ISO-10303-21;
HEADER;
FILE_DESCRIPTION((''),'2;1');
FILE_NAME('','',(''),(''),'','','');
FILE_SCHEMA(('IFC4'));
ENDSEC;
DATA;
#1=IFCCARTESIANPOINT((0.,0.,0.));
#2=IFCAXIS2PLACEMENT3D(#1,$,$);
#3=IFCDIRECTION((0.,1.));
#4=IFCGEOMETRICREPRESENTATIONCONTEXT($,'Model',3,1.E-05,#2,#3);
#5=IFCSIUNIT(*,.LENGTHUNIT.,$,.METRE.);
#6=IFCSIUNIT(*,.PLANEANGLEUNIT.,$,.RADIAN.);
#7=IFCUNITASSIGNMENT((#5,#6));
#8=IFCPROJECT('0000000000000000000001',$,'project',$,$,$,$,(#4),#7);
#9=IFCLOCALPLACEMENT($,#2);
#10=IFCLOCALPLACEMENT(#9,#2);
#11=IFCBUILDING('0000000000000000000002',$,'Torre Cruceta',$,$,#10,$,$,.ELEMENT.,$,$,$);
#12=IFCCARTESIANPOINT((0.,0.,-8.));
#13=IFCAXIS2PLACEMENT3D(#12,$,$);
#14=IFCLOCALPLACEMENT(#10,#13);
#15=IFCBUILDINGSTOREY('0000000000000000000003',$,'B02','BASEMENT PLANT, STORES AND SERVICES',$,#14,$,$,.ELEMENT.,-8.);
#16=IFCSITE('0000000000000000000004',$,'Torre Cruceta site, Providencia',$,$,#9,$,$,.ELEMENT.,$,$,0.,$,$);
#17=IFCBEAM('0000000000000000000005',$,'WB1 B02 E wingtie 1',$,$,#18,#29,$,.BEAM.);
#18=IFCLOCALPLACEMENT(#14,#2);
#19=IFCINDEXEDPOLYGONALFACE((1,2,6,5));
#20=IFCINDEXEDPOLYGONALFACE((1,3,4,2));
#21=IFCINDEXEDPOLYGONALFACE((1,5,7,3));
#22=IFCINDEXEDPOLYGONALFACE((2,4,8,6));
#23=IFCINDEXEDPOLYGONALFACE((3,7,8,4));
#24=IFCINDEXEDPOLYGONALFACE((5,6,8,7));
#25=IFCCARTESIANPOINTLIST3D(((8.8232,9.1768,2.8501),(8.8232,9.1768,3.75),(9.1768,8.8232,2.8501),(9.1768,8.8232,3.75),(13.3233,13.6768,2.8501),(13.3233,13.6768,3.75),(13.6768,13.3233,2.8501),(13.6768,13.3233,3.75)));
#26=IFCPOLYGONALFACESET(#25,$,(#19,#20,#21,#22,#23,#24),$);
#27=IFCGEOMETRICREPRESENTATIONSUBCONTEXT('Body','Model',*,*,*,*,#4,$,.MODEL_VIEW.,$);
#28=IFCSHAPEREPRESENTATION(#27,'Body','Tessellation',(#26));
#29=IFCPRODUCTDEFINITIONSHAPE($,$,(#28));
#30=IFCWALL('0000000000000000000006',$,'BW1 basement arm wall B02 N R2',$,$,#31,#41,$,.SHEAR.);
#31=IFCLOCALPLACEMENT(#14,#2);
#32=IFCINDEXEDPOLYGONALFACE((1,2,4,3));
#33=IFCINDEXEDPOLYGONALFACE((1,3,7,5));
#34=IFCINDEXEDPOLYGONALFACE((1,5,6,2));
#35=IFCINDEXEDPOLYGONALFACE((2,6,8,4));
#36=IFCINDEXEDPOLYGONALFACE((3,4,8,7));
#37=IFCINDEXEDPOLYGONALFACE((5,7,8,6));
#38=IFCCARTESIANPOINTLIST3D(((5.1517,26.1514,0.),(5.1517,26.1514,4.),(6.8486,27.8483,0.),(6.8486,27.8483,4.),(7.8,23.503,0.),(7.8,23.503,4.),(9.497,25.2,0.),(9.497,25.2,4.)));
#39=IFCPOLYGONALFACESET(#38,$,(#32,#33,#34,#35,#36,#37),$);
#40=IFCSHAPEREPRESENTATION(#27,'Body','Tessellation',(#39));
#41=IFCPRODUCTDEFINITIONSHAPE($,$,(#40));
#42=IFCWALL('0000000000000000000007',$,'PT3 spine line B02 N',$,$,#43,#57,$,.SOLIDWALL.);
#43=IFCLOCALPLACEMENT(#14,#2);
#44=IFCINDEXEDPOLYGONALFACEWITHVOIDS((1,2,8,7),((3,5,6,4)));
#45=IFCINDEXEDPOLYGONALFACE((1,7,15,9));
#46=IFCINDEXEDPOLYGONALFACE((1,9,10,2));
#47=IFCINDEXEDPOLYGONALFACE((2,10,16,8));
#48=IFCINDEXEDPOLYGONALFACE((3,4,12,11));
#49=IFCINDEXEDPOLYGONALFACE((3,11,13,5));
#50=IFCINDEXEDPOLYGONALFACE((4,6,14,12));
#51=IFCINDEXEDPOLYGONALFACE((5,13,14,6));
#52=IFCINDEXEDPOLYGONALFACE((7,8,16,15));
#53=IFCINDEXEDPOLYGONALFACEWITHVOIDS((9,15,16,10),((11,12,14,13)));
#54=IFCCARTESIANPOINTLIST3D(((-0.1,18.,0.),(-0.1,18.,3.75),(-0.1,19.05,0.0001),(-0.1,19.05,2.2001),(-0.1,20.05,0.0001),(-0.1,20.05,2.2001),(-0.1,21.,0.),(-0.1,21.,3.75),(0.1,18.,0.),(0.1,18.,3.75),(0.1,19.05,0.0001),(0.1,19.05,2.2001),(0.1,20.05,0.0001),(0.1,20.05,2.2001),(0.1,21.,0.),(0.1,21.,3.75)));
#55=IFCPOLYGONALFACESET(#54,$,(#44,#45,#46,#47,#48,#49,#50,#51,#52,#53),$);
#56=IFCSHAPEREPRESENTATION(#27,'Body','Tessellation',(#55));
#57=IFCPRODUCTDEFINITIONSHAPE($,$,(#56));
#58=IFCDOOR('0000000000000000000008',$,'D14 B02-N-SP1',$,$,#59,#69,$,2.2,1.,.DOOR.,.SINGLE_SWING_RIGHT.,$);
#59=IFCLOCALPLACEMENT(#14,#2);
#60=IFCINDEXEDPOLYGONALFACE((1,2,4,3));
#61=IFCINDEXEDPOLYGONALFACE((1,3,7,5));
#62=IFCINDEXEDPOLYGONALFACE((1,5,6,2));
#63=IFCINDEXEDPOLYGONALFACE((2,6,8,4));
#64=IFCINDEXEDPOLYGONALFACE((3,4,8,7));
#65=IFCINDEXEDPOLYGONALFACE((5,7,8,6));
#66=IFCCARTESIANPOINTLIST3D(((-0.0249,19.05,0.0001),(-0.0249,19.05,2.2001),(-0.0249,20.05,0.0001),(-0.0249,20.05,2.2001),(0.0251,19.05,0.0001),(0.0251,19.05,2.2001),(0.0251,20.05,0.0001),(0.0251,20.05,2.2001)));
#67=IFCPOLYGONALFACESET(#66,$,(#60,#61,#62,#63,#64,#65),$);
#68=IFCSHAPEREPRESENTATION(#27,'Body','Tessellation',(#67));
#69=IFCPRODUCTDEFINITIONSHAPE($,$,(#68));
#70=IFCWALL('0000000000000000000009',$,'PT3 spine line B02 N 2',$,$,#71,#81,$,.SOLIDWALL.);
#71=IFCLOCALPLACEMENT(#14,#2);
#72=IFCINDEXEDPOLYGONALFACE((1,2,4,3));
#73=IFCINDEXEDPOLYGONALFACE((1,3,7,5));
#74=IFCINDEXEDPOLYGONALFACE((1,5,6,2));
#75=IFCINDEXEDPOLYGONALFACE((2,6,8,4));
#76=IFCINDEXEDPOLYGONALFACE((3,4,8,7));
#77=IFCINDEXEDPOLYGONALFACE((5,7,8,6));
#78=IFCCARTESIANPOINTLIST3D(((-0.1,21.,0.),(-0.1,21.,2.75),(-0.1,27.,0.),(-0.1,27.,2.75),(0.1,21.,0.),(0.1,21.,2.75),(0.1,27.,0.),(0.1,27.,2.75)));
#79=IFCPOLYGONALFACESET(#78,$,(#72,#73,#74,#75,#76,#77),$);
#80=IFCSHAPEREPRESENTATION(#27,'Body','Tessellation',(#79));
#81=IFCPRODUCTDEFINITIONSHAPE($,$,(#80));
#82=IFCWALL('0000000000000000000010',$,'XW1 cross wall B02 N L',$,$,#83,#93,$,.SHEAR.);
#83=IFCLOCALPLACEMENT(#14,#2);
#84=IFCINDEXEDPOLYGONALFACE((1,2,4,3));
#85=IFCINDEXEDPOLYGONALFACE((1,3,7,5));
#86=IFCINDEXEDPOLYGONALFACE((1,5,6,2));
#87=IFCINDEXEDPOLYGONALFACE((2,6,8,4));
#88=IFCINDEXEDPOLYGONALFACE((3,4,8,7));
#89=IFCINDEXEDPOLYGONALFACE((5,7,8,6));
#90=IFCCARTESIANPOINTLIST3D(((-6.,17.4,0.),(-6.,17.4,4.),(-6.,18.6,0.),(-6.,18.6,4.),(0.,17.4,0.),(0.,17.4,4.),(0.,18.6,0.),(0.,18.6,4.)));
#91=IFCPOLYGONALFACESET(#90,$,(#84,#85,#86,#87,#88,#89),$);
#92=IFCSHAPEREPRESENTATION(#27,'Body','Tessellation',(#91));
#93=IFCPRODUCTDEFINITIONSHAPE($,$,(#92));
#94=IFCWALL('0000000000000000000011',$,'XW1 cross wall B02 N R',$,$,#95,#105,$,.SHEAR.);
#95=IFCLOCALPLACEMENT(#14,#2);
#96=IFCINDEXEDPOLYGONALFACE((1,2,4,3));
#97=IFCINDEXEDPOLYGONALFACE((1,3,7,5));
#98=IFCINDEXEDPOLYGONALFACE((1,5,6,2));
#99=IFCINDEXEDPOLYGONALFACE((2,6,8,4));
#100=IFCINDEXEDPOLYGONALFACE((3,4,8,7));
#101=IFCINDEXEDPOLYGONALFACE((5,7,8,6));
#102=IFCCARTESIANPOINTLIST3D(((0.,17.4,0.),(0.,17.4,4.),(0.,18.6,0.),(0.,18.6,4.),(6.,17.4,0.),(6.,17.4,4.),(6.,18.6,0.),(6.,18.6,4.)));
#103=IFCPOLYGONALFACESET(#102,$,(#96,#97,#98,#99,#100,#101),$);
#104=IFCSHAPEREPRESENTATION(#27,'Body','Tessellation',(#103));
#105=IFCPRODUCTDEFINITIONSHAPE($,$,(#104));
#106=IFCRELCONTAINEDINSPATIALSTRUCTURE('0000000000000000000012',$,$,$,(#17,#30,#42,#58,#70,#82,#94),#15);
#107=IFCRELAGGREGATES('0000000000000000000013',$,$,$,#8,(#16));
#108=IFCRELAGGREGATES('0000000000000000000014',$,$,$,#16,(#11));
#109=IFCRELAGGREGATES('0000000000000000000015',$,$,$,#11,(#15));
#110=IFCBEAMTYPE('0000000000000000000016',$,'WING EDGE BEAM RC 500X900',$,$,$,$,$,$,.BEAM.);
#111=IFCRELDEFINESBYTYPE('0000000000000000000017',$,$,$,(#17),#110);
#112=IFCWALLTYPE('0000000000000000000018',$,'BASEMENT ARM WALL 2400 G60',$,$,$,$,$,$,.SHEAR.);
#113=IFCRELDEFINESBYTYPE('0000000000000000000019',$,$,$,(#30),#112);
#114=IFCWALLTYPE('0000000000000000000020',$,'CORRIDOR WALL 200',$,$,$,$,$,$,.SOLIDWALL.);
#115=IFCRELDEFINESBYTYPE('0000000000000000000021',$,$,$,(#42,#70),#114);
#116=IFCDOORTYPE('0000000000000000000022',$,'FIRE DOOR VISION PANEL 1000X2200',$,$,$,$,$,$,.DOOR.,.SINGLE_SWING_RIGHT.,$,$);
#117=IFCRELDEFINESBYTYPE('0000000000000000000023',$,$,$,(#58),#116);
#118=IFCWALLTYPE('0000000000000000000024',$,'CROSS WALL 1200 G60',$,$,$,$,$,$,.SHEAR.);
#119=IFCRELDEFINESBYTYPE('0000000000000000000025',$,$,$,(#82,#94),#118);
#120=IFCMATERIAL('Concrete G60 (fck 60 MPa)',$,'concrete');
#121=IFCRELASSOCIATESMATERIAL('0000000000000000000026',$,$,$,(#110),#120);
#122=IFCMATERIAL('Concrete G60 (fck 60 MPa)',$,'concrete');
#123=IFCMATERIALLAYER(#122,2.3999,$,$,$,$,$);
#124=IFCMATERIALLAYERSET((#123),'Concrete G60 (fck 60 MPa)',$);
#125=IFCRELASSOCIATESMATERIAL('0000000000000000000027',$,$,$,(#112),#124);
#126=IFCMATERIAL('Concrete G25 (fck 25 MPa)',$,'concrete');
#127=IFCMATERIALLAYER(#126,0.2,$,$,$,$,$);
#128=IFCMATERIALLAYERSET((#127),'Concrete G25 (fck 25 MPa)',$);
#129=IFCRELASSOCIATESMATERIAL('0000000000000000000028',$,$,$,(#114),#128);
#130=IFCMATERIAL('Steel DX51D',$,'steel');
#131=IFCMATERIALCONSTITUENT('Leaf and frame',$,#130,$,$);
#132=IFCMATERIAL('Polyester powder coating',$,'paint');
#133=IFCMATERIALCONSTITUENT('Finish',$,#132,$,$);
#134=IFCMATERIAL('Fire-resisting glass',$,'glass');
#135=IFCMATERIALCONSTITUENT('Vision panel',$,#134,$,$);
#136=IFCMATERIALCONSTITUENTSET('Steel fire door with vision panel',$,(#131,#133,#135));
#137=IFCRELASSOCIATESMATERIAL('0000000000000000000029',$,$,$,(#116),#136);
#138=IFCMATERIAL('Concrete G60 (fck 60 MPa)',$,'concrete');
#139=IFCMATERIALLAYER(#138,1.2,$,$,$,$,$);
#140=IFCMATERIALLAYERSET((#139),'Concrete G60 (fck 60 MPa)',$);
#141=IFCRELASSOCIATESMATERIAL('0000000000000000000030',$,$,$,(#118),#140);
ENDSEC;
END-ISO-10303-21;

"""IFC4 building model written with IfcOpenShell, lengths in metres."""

from ifc_helpers import new_model, si_unit, direction, frame, frame_2d, origin, origin_2d, place, context, subcontext, project, spatial, rectangle, extrude, material, layer, layer_set, constituent, constituent_set, material_profile, profile_set, type_object, element, fill, save


model = new_model("IFC4")

# Units and contexts
model_context = context("Model", 3, precision=1e-05, world=origin(), true_north=direction((0.0, 1.0)))
body_context = subcontext(model_context, "Body", "Model", "MODEL_VIEW")
ifc_project = project(units=[si_unit("LENGTHUNIT", "METRE"), si_unit("PLANEANGLEUNIT", "RADIAN")], contexts=[model_context])

# Site, building, storey
site_placement = place(None, origin())
site = spatial("IfcSite", under=ifc_project, at=site_placement, Name="Torre Cruceta site, Providencia", CompositionType="ELEMENT", RefElevation=0.0)
building_placement = place(site_placement, origin())
building = spatial("IfcBuilding", under=site, at=building_placement, Name="Torre Cruceta", CompositionType="ELEMENT")
storey_placement = place(building_placement, frame((0.0, 0.0, -8.0)))
storey = spatial("IfcBuildingStorey", under=building, at=storey_placement, Name="B02", Description="BASEMENT PLANT, STORES AND SERVICES", CompositionType="ELEMENT", Elevation=-8.0)

# Beam
ifc_material_1 = material(Name="Concrete G60 (fck 60 MPa)", Category="concrete")
ifc_material_profile_1 = material_profile(ifc_material_1, rectangle(XDim=0.5, YDim=0.8999, at=origin_2d()), Name="RC 500X900")
ifc_profile_set_1 = profile_set([ifc_material_profile_1], Name="Concrete G60 (fck 60 MPa)")
beam_type_1 = type_object("IfcBeamType", Name="WING EDGE BEAM RC 500X900", PredefinedType="BEAM", material=ifc_profile_set_1)
beam_1_placement = place(storey_placement, frame((9.0, 9.0, 3.3), z_axis=(0.707107, 0.707107, 0.0), x_axis=(-0.707107, 0.707107, 0.0)))
element("IfcBeam", 1, at=beam_1_placement, inside=storey, type_object=beam_type_1, Name="WB1 B02 E wingtie 1", PredefinedType="BEAM", context=body_context, shape_type="SweptSolid", body=[
    extrude(rectangle(XDim=0.5, YDim=0.8999, at=origin_2d()), origin(), (0.0, 0.0, 1.0), 6.364),
])

# Wall
ifc_material_2 = material(Name="Concrete G60 (fck 60 MPa)", Category="concrete")
ifc_layer_1 = layer(ifc_material_2, 2.3999)
ifc_layer_set_1 = layer_set([ifc_layer_1], Name="Concrete G60 (fck 60 MPa)")
wall_type_1 = type_object("IfcWallType", Name="BASEMENT ARM WALL 2400 G60", PredefinedType="SHEAR", material=ifc_layer_set_1)
wall_1_placement = place(storey_placement, frame((8.6484, 24.3516, 0.0), z_axis=(0.0, 0.0, 1.0), x_axis=(-0.707107, 0.707107, 0.0)))
element("IfcWall", 2, at=wall_1_placement, inside=storey, type_object=wall_type_1, Name="BW1 basement arm wall B02 N R2", PredefinedType="SHEAR", context=body_context, shape_type="SweptSolid", body=[
    extrude(rectangle(XDim=3.7454, YDim=2.3999, at=frame_2d((1.8726, 0.0))), origin(), (0.0, 0.0, 1.0), 4.0),
])

# Wall, opening, door
ifc_material_3 = material(Name="Concrete G25 (fck 25 MPa)", Category="concrete")
ifc_layer_2 = layer(ifc_material_3, 0.2)
ifc_layer_set_2 = layer_set([ifc_layer_2], Name="Concrete G25 (fck 25 MPa)")
wall_type_2 = type_object("IfcWallType", Name="CORRIDOR WALL 200", PredefinedType="SOLIDWALL", material=ifc_layer_set_2)
wall_2_placement = place(storey_placement, frame((0.0, 18.0, 0.0), z_axis=(0.0, 0.0, 1.0), x_axis=(0.0, 1.0, 0.0)))
wall_2 = element("IfcWall", 3, at=wall_2_placement, inside=storey, type_object=wall_type_2, Name="PT3 spine line B02 N", PredefinedType="SOLIDWALL", context=body_context, shape_type="SweptSolid", body=[
    extrude(rectangle(XDim=3.0, YDim=0.2, at=frame_2d((1.5, 0.0))), origin(), (0.0, 0.0, 1.0), 3.75),
])
opening_placement = place(wall_2_placement, frame((1.05, 0.0, 0.0)))
opening = element("IfcOpeningElement", 4, at=opening_placement, cuts=wall_2, PredefinedType="OPENING", context=body_context, shape_type="SweptSolid", body=[
    extrude(rectangle(XDim=1.0, YDim=2.2, at=frame_2d((0.5, 1.1001))), frame((0.0, 0.1099, 0.0), z_axis=(0.0, -1.0, 0.0), x_axis=(1.0, 0.0, 0.0)), (0.0, 0.0, 1.0), 0.22),
])
ifc_material_4 = material(Name="Steel DX51D", Category="steel")
ifc_constituent_1 = constituent(ifc_material_4, Name="Leaf and frame")
ifc_material_5 = material(Name="Polyester powder coating", Category="paint")
ifc_constituent_2 = constituent(ifc_material_5, Name="Finish")
ifc_material_6 = material(Name="Fire-resisting glass", Category="glass")
ifc_constituent_3 = constituent(ifc_material_6, Name="Vision panel")
ifc_constituent_set = constituent_set(constituents=[ifc_constituent_1, ifc_constituent_2, ifc_constituent_3], Name="Steel fire door with vision panel")
door_type = type_object("IfcDoorType", Name="FIRE DOOR VISION PANEL 1000X2200", OperationType="SINGLE_SWING_RIGHT", PredefinedType="DOOR", material=ifc_constituent_set)
door_placement = place(opening_placement, frame((1.0, 0.0, 0.0), z_axis=(0.0, 0.0, 1.0), x_axis=(-1.0, 0.0, 0.0)))
door = element("IfcDoor", 5, at=door_placement, inside=storey, type_object=door_type, Name="D14 B02-N-SP1", OperationType="SINGLE_SWING_RIGHT", OverallHeight=2.2, OverallWidth=1.0, PredefinedType="DOOR", context=body_context, shape_type="SweptSolid", body=[
    extrude(rectangle(XDim=1.0, YDim=2.2, at=frame_2d((0.5, 1.1001))), frame((0.0, 0.0251, 0.0), z_axis=(0.0, -1.0, 0.0), x_axis=(1.0, 0.0, 0.0)), (0.0, 0.0, 1.0), 0.05),
])
fill(opening, door)

# Walls
wall_3_placement = place(storey_placement, frame((0.0, 21.0, 0.0), z_axis=(0.0, 0.0, 1.0), x_axis=(0.0, 1.0, 0.0)))
element("IfcWall", 6, at=wall_3_placement, inside=storey, type_object=wall_type_2, Name="PT3 spine line B02 N 2", PredefinedType="SOLIDWALL", context=body_context, shape_type="SweptSolid", body=[
    extrude(rectangle(XDim=6.0, YDim=0.2, at=frame_2d((3.0, 0.0))), origin(), (0.0, 0.0, 1.0), 2.75),
])
ifc_material_7 = material(Name="Concrete G60 (fck 60 MPa)", Category="concrete")
ifc_layer_3 = layer(ifc_material_7, 1.2)
ifc_layer_set_3 = layer_set([ifc_layer_3], Name="Concrete G60 (fck 60 MPa)")
wall_type_3 = type_object("IfcWallType", Name="CROSS WALL 1200 G60", PredefinedType="SHEAR", material=ifc_layer_set_3)
for number, where, z_axis, x_axis, name in (
    (7, (0.0, 18.0, 0.0), (0.0, 0.0, 1.0), (-1.0, 0.0, 0.0), "XW1 cross wall B02 N L"),
    (8, (0.0, 18.0, 0.0), (0.0, 0.0, 1.0), (1.0, 0.0, 0.0), "XW1 cross wall B02 N R"),
):
    element("IfcWall", number, at=place(storey_placement, frame(where, z_axis=z_axis, x_axis=x_axis)), inside=storey, type_object=wall_type_3, Name=name, PredefinedType="SHEAR", context=body_context, shape_type="SweptSolid", body=[
        extrude(rectangle(XDim=6.0, YDim=1.2, at=frame_2d((3.0, 0.0))), origin(), (0.0, 0.0, 1.0), 4.0),
    ])

save(model, "model.ifc")
